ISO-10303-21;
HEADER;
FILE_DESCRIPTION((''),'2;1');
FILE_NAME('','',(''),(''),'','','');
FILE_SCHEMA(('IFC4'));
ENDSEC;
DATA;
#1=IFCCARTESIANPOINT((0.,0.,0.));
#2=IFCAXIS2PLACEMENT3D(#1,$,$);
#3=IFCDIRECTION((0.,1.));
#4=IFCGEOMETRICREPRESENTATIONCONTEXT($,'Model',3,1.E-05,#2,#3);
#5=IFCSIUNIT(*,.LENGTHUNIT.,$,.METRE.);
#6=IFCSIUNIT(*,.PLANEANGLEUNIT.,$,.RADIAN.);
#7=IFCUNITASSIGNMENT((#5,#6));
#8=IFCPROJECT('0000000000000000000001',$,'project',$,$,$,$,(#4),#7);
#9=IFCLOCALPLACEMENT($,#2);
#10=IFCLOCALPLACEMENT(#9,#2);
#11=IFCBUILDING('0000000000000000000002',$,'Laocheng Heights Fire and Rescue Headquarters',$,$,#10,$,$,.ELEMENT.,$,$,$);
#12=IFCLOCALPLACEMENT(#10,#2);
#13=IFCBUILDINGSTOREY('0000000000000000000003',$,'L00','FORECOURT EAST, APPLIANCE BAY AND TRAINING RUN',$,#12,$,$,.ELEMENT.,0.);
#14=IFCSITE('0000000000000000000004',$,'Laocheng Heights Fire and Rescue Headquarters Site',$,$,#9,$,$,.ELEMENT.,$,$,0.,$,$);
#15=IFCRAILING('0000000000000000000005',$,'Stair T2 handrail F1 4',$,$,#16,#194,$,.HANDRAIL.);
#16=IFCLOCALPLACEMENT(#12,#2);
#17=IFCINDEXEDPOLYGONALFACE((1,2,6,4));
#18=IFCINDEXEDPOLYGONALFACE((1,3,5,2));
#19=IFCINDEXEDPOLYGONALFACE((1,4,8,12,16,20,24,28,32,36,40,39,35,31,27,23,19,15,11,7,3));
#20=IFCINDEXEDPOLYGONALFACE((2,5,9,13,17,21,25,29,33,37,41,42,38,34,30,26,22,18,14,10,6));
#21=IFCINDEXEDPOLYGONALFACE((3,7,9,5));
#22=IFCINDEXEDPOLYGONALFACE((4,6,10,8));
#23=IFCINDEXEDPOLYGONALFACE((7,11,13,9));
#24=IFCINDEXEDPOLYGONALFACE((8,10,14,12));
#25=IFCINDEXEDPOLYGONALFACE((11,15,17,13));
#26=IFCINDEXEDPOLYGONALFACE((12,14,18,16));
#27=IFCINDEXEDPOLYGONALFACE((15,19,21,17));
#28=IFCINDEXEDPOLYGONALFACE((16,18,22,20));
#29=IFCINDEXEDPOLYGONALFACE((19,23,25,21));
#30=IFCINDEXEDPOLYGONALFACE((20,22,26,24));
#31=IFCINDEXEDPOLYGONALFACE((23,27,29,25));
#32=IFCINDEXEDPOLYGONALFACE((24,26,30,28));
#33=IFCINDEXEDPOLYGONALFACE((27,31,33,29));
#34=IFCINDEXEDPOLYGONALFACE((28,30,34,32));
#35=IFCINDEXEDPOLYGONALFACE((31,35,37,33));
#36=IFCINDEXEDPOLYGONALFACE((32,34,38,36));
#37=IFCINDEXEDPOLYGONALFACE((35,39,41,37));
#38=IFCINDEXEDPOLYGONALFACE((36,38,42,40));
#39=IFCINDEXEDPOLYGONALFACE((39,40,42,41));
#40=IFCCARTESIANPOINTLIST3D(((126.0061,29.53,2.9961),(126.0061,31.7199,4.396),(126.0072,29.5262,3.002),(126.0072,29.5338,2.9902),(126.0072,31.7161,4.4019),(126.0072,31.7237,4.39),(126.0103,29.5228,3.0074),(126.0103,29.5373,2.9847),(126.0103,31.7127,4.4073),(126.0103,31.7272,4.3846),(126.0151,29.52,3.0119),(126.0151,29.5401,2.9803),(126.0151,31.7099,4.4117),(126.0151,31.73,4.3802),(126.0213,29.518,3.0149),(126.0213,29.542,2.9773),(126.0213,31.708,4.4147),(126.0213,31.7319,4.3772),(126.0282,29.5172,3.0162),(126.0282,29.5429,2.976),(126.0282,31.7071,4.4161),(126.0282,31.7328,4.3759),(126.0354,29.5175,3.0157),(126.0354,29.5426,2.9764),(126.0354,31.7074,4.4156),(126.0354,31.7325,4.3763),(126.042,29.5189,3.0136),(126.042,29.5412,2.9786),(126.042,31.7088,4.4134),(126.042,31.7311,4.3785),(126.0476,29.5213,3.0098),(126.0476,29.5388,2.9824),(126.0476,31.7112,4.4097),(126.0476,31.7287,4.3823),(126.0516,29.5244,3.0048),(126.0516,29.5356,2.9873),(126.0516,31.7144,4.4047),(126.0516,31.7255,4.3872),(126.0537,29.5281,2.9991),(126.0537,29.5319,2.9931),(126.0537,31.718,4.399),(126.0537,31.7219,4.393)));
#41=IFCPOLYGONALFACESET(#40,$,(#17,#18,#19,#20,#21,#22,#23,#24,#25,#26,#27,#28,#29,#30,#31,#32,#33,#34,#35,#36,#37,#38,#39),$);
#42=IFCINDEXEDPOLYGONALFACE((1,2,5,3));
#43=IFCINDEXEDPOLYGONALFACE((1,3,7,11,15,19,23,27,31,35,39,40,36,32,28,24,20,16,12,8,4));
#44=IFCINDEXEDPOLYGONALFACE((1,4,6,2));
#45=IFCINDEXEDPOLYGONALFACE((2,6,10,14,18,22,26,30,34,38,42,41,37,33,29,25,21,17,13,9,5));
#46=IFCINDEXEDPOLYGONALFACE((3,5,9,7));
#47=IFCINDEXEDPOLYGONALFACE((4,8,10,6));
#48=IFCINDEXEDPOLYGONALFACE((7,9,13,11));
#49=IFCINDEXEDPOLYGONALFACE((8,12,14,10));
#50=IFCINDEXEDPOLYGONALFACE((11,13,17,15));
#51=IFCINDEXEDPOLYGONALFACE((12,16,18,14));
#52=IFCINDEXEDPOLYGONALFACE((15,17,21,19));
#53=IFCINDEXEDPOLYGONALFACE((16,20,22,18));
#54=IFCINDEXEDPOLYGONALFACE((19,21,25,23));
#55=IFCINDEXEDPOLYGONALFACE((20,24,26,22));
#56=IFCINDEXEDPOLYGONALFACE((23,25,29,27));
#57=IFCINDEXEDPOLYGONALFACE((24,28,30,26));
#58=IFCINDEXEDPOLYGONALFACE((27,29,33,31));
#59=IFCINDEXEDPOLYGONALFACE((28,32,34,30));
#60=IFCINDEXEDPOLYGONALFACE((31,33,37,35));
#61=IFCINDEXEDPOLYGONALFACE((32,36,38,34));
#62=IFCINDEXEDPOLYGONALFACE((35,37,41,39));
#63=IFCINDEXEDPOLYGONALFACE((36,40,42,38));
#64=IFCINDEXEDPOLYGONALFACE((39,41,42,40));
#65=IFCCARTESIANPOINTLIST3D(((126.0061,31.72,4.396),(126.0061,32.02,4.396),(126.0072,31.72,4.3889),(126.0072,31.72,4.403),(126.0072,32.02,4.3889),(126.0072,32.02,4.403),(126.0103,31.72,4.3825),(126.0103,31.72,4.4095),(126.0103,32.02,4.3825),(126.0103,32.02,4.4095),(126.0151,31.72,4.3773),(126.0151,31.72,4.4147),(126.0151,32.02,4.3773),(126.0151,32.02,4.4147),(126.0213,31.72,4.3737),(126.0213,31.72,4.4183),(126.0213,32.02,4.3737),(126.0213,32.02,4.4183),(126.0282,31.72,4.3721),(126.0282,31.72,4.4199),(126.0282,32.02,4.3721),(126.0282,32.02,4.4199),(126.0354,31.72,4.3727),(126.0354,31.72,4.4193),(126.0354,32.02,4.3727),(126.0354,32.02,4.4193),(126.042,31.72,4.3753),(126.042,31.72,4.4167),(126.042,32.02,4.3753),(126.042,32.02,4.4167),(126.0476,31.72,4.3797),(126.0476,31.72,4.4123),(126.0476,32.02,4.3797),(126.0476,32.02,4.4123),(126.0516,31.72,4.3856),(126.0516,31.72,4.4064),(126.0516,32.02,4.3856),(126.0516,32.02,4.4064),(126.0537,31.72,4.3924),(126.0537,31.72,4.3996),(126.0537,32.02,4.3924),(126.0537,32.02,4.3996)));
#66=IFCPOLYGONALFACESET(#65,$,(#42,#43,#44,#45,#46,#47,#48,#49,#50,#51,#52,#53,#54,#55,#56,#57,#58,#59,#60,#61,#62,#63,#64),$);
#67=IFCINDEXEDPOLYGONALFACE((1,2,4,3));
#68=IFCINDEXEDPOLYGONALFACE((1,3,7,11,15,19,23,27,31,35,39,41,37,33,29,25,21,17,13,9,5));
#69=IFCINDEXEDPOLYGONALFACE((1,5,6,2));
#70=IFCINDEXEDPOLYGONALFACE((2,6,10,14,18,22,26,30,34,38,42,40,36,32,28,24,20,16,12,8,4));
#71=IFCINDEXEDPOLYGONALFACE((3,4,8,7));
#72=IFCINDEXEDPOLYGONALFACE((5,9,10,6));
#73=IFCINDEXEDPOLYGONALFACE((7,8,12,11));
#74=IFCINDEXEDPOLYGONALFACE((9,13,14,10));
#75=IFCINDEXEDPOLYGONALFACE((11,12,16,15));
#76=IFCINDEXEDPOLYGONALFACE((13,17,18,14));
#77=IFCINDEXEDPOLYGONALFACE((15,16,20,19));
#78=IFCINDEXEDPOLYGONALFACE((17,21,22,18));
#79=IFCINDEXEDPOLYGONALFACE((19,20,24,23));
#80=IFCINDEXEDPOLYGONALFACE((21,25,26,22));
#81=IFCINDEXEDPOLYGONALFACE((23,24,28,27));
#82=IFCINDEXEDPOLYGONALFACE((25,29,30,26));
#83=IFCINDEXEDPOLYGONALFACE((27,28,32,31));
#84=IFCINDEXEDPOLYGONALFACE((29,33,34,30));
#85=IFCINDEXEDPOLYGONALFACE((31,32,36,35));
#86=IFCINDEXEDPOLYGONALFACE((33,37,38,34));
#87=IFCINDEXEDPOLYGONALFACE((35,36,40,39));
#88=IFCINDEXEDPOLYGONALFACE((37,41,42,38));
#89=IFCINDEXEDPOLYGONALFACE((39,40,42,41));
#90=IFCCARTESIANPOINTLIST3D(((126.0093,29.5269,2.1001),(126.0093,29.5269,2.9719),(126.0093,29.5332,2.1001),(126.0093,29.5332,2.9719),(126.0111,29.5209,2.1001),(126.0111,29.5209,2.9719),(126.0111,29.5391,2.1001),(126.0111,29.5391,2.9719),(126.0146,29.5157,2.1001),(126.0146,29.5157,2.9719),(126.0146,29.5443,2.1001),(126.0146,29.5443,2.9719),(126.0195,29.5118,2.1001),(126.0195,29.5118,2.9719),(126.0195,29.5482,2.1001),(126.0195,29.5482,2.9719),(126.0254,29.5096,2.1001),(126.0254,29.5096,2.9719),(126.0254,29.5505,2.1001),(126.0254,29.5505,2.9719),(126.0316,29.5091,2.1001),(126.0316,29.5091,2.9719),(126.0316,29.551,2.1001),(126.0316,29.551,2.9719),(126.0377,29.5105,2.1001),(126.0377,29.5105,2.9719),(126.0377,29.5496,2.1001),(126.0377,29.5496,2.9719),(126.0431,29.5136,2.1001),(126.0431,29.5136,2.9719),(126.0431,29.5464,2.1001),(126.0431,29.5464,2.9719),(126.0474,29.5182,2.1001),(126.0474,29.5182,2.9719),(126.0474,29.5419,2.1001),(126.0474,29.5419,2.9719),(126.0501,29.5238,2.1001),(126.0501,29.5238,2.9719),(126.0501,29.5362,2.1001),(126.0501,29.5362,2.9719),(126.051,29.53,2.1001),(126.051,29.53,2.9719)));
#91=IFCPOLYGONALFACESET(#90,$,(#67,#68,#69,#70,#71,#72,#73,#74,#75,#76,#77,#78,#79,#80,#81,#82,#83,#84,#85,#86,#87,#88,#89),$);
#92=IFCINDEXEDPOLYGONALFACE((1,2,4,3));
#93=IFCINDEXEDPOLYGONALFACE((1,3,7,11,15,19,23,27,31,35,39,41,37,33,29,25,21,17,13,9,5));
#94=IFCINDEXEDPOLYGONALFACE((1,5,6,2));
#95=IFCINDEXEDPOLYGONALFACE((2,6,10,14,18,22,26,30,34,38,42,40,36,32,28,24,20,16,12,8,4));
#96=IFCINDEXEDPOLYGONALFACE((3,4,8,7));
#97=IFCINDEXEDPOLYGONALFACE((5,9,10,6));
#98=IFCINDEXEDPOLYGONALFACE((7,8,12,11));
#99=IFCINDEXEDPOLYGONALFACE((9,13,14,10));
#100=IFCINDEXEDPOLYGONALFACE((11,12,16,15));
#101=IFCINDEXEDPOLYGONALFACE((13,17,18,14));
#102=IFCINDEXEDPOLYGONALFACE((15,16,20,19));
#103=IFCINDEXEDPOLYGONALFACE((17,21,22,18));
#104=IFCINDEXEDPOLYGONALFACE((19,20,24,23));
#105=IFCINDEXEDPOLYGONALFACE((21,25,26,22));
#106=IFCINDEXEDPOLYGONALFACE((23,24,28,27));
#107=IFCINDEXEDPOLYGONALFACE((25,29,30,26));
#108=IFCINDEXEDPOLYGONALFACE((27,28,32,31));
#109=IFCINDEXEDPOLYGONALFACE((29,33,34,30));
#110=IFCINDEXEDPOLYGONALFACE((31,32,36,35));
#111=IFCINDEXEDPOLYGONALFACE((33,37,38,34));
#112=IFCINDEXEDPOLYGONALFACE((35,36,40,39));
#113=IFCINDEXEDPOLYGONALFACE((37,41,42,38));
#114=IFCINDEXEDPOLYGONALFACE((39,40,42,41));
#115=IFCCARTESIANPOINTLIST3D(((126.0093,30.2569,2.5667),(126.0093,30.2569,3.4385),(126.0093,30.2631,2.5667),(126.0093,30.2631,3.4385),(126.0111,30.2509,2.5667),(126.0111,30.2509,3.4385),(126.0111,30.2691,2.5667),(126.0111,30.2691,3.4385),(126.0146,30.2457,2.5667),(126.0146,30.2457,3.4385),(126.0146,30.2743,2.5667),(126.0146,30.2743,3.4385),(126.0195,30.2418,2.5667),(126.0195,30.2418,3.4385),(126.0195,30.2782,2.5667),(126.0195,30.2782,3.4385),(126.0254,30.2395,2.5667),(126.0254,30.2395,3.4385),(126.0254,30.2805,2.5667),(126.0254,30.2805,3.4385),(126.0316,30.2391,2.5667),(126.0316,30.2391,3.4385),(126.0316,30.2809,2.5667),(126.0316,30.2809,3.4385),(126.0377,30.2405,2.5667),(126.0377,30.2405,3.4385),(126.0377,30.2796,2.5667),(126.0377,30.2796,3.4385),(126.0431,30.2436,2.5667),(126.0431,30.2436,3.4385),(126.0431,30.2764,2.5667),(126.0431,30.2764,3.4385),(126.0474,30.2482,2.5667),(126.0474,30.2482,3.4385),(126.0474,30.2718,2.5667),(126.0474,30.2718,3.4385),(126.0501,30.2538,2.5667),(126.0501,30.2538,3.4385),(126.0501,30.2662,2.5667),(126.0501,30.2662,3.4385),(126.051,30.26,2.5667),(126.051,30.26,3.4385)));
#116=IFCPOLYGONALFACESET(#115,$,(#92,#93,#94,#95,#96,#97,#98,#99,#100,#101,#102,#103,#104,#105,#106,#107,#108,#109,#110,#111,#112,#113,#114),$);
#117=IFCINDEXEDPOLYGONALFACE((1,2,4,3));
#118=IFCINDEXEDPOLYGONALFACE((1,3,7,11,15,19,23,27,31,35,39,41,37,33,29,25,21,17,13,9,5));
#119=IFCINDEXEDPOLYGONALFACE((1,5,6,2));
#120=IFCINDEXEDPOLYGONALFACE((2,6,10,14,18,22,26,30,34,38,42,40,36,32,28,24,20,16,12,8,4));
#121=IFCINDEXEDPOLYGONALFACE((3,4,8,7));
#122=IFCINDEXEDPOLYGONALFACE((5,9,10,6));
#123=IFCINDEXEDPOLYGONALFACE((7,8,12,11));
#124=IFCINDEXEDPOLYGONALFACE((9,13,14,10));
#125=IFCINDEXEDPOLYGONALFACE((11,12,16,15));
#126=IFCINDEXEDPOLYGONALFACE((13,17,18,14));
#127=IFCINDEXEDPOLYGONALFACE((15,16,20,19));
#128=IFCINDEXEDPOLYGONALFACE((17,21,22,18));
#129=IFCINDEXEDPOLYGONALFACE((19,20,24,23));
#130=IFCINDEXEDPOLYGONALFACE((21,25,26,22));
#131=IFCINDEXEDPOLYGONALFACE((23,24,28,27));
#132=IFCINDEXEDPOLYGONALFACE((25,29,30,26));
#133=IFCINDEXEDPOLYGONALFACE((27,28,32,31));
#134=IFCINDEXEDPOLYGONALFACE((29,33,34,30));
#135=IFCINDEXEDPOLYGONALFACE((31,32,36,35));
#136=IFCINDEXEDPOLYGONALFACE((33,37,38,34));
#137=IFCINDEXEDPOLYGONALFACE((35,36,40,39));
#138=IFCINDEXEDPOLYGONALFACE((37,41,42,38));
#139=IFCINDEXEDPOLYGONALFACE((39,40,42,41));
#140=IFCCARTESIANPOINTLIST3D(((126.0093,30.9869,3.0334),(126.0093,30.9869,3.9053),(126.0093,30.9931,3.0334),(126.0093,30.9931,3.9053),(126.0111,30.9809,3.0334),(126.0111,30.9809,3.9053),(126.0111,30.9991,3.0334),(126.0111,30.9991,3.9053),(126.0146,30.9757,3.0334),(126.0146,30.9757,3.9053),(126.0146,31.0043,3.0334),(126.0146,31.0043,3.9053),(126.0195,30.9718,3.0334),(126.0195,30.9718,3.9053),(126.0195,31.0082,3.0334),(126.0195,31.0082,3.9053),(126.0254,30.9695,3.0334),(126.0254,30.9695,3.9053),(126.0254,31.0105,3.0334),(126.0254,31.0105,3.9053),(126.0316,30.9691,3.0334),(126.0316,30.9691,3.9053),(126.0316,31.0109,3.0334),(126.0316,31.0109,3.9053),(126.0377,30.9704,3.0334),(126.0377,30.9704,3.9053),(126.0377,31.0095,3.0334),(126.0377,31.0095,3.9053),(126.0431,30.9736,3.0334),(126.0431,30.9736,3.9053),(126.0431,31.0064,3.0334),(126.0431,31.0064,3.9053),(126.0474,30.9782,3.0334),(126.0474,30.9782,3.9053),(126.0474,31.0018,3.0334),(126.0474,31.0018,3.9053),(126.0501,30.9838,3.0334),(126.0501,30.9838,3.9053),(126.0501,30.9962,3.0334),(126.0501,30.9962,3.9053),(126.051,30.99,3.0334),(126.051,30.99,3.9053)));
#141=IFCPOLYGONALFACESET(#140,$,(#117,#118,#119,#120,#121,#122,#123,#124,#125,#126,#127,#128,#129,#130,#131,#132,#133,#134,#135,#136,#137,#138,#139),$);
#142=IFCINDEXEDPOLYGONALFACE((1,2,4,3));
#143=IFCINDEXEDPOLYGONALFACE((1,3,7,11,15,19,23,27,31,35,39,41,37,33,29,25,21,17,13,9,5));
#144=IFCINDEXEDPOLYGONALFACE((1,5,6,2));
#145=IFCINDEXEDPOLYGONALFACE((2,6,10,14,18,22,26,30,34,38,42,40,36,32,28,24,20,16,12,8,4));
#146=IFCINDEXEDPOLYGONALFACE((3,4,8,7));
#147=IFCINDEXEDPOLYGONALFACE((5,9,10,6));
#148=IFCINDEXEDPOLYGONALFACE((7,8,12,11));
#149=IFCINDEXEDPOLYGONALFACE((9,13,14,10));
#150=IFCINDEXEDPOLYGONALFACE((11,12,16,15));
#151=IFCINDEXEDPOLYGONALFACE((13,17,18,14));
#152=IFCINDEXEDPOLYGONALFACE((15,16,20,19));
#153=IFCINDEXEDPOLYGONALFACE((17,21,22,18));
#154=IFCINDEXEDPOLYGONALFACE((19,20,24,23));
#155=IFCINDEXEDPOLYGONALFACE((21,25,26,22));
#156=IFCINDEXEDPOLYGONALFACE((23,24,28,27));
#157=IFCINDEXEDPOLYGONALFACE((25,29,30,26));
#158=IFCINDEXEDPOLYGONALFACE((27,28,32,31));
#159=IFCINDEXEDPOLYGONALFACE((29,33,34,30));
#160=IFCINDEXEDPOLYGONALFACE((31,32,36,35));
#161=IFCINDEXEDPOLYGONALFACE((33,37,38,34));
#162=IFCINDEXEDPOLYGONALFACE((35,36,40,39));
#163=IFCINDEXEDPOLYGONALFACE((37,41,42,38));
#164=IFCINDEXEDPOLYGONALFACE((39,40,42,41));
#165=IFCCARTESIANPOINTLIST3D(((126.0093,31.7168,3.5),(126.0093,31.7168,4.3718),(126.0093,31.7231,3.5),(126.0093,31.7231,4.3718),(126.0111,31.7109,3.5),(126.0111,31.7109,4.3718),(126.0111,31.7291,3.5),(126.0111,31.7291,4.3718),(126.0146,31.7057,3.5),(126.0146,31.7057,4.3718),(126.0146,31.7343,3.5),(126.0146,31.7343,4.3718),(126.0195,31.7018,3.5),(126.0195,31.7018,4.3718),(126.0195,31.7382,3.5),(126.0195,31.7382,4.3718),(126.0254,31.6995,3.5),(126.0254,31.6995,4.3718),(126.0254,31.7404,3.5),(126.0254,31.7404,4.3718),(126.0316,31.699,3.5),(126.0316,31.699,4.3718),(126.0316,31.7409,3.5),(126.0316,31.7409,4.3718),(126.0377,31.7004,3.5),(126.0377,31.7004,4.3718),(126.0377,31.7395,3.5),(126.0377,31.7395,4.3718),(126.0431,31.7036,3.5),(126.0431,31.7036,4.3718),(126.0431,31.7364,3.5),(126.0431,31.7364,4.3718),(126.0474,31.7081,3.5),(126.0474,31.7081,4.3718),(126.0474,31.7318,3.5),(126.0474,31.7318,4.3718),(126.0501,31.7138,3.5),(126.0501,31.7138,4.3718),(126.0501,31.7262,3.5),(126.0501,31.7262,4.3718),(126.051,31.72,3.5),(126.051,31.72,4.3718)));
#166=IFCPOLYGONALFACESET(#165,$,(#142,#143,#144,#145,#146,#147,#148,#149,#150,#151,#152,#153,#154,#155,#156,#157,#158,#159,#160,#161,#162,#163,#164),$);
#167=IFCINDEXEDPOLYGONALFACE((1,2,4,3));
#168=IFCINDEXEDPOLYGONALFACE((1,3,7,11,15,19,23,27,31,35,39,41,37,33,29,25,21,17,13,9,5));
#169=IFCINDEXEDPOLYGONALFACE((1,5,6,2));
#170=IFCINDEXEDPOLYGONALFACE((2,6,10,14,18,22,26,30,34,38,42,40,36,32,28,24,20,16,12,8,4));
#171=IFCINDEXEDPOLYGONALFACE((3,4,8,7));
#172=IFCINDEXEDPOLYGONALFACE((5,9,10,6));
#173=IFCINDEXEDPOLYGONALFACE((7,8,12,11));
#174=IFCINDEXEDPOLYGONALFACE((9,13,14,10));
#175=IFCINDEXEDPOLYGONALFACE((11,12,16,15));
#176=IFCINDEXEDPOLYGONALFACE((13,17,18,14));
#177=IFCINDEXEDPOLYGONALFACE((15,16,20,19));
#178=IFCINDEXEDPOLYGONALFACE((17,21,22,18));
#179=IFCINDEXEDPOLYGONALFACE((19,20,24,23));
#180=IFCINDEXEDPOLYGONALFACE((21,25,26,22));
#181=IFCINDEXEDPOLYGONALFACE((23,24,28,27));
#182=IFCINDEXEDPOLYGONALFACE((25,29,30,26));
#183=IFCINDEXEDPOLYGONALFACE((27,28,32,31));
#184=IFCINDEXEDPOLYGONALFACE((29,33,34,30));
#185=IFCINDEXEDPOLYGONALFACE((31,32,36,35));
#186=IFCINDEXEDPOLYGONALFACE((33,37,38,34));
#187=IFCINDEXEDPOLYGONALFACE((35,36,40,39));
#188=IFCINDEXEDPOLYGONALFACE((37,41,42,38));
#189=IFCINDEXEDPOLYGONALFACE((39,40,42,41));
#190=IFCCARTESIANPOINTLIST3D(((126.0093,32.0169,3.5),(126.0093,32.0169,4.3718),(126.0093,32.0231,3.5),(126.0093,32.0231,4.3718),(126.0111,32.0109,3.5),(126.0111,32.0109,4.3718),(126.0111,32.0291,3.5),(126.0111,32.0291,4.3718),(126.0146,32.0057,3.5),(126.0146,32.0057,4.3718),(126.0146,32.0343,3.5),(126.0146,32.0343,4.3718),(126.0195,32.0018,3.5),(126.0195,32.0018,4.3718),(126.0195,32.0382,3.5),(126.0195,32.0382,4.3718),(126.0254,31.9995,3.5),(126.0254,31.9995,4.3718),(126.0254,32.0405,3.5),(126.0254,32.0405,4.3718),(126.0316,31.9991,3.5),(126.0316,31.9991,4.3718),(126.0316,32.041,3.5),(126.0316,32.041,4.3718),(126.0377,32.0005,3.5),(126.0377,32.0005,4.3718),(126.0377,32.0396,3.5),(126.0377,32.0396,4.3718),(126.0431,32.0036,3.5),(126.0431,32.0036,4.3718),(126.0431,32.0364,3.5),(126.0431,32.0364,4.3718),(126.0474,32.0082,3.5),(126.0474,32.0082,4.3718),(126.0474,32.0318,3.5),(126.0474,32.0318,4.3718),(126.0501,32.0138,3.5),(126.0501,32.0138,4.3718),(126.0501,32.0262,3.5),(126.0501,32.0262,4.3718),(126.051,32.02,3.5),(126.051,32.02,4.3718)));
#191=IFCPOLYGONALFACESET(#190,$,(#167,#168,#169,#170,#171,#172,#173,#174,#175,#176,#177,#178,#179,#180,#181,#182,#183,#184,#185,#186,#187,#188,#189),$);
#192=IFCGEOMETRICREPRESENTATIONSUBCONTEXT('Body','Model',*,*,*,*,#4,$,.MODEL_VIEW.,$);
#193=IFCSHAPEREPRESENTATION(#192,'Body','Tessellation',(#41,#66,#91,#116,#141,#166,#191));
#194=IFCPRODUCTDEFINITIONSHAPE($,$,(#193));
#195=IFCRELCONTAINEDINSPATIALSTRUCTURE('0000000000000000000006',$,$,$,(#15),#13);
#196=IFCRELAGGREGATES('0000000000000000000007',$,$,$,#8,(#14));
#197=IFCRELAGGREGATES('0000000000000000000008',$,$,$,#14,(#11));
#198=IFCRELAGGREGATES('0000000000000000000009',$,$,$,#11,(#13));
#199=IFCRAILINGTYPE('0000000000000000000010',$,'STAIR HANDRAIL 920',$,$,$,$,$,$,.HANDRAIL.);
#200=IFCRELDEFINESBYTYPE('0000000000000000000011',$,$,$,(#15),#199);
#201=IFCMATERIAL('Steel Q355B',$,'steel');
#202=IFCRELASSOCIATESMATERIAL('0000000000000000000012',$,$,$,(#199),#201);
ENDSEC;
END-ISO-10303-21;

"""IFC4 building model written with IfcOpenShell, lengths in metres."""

from ifc_helpers import new_model, si_unit, direction, frame, origin, origin_2d, place, context, subcontext, project, spatial, circle, extrude, material, type_object, element, save


model = new_model("IFC4")

# Units and contexts
model_context = context("Model", 3, precision=1e-05, world=origin(), true_north=direction((0.0, 1.0)))
body_context = subcontext(model_context, "Body", "Model", "MODEL_VIEW")
ifc_project = project(units=[si_unit("LENGTHUNIT", "METRE"), si_unit("PLANEANGLEUNIT", "RADIAN")], contexts=[model_context])

# Site, building, storey
site_placement = place(None, origin())
site = spatial("IfcSite", under=ifc_project, at=site_placement, Name="Laocheng Heights Fire and Rescue Headquarters Site", CompositionType="ELEMENT", RefElevation=0.0)
building_placement = place(site_placement, origin())
building = spatial("IfcBuilding", under=site, at=building_placement, Name="Laocheng Heights Fire and Rescue Headquarters", CompositionType="ELEMENT")
storey_placement = place(building_placement, origin())
storey = spatial("IfcBuildingStorey", under=building, at=storey_placement, Name="L00", Description="FORECOURT EAST, APPLIANCE BAY AND TRAINING RUN", CompositionType="ELEMENT", Elevation=0.0)

# Railing
ifc_material_1 = material(Name="Steel Q355B", Category="steel")
railing_type_1 = type_object("IfcRailingType", Name="STAIR HANDRAIL 920", PredefinedType="HANDRAIL", material=ifc_material_1)
railing_1_placement = place(storey_placement, frame((126.03, 29.53, 2.1001)))
element("IfcRailing", 1, at=railing_1_placement, inside=storey, type_object=railing_type_1, Name="Stair T2 handrail F1 4", PredefinedType="HANDRAIL", context=body_context, shape_type="SweptSolid", body=[
    extrude(circle(Radius=0.0239, at=origin_2d()), frame((0.0, 0.0, 0.896), z_axis=(0.0, 0.842561, 0.5386), x_axis=(-1.0, 0.0, 0.0)), (0.0, 0.0, 1.0), 2.5991),
    extrude(circle(Radius=0.0239, at=origin_2d()), frame((0.0, 2.1899, 2.2959), z_axis=(0.0, 1.0, 0.0), x_axis=(-1.0, 0.0, 0.0)), (0.0, 0.0, 1.0), 0.3),
    extrude(circle(Radius=0.021, at=origin_2d()), origin(), (0.0, 0.0, 1.0), 0.8718),
    extrude(circle(Radius=0.021, at=origin_2d()), frame((0.0, 0.73, 0.4666)), (0.0, 0.0, 1.0), 0.8718),
    extrude(circle(Radius=0.021, at=origin_2d()), frame((0.0, 1.46, 0.9333)), (0.0, 0.0, 1.0), 0.8718),
    extrude(circle(Radius=0.021, at=origin_2d()), frame((0.0, 2.1899, 1.3999)), (0.0, 0.0, 1.0), 0.8718),
    extrude(circle(Radius=0.021, at=origin_2d()), frame((0.0, 2.49, 1.3999)), (0.0, 0.0, 1.0), 0.8718),
])

save(model, "model.ifc")
